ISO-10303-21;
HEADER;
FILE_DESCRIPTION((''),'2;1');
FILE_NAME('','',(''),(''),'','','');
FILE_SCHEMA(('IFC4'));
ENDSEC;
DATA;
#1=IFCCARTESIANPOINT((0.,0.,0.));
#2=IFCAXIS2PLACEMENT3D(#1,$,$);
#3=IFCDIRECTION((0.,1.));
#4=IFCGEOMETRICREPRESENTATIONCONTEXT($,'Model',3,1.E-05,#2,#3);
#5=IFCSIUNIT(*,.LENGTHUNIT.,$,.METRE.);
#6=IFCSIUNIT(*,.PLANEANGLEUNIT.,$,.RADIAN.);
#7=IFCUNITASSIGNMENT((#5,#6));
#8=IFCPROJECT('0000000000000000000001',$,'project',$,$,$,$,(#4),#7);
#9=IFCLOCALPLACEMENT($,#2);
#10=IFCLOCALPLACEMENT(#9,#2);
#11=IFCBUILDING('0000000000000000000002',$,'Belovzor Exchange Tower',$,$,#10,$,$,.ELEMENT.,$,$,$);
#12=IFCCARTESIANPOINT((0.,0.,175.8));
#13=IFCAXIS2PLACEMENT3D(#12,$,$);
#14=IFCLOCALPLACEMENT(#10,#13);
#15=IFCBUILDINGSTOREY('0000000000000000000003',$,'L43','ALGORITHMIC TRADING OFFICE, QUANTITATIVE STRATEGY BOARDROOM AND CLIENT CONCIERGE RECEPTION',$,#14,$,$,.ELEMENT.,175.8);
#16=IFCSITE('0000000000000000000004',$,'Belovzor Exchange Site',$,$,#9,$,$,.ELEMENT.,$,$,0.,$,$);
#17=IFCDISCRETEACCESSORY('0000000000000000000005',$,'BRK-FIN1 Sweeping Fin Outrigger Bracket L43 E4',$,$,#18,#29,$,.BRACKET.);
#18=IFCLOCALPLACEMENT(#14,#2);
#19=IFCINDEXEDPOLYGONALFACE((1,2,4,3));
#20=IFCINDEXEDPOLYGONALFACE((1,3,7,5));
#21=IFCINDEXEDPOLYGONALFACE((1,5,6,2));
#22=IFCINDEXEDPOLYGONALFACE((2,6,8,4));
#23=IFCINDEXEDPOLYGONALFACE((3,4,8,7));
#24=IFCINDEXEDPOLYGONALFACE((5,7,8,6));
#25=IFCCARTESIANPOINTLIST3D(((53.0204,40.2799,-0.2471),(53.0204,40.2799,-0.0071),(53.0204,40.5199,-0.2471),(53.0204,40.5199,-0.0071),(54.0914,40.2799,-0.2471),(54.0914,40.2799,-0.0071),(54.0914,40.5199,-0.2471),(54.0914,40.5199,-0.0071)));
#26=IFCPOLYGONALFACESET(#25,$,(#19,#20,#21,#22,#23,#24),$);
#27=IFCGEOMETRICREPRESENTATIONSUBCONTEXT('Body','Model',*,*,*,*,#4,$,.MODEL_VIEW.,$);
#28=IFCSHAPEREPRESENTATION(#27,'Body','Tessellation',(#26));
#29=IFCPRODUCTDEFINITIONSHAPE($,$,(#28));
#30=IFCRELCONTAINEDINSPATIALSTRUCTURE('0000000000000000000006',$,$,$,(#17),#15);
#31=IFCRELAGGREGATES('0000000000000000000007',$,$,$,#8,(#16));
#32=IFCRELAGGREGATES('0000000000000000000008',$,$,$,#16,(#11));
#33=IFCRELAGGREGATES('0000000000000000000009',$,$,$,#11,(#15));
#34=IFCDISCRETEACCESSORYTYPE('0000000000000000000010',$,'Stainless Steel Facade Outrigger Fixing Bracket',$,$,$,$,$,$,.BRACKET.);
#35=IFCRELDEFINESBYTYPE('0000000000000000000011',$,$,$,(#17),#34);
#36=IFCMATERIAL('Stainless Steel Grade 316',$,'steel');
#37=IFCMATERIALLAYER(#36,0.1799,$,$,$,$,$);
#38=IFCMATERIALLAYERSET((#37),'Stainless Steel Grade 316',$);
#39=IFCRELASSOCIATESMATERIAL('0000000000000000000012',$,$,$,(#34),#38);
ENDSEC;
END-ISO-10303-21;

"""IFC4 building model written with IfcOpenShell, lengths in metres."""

from ifc_helpers import new_model, si_unit, direction, frame, origin, origin_2d, place, context, subcontext, project, spatial, rectangle, extrude, material, layer, layer_set, type_object, element, save


model = new_model("IFC4")

# Units and contexts
model_context = context("Model", 3, precision=1e-05, world=origin(), true_north=direction((0.0, 1.0)))
body_context = subcontext(model_context, "Body", "Model", "MODEL_VIEW")
ifc_project = project(units=[si_unit("LENGTHUNIT", "METRE"), si_unit("PLANEANGLEUNIT", "RADIAN")], contexts=[model_context])

# Site, building, storey
site_placement = place(None, origin())
site = spatial("IfcSite", under=ifc_project, at=site_placement, Name="Belovzor Exchange Site", CompositionType="ELEMENT", RefElevation=0.0)
building_placement = place(site_placement, origin())
building = spatial("IfcBuilding", under=site, at=building_placement, Name="Belovzor Exchange Tower", CompositionType="ELEMENT")
storey_placement = place(building_placement, frame((0.0, 0.0, 175.8)))
storey = spatial("IfcBuildingStorey", under=building, at=storey_placement, Name="L43", Description="ALGORITHMIC TRADING OFFICE, QUANTITATIVE STRATEGY BOARDROOM AND CLIENT CONCIERGE RECEPTION", CompositionType="ELEMENT", Elevation=175.8)

# Discrete accessory
ifc_material_1 = material(Name="Stainless Steel Grade 316", Category="steel")
ifc_layer_1 = layer(ifc_material_1, 0.1799)
ifc_layer_set_1 = layer_set([ifc_layer_1], Name="Stainless Steel Grade 316")
discrete_accessory_type = type_object("IfcDiscreteAccessoryType", Name="Stainless Steel Facade Outrigger Fixing Bracket", PredefinedType="BRACKET", material=ifc_layer_set_1)
for number, where, z_axis, x_axis, name in (
    (1, (53.5559, 40.3999, -0.2471), (0.0, 0.0, 1.0), (1.0, 0.0, 0.0), "BRK-FIN1 Sweeping Fin Outrigger Bracket L43 E4"),
):
    element("IfcDiscreteAccessory", number, at=place(storey_placement, frame(where, z_axis=z_axis, x_axis=x_axis)), inside=storey, type_object=discrete_accessory_type, Name=name, PredefinedType="BRACKET", context=body_context, shape_type="SweptSolid", body=[
        extrude(rectangle(XDim=1.071, YDim=0.24, at=origin_2d()), origin(), (0.0, 0.0, 1.0), 0.24),
    ])

save(model, "model.ifc")
